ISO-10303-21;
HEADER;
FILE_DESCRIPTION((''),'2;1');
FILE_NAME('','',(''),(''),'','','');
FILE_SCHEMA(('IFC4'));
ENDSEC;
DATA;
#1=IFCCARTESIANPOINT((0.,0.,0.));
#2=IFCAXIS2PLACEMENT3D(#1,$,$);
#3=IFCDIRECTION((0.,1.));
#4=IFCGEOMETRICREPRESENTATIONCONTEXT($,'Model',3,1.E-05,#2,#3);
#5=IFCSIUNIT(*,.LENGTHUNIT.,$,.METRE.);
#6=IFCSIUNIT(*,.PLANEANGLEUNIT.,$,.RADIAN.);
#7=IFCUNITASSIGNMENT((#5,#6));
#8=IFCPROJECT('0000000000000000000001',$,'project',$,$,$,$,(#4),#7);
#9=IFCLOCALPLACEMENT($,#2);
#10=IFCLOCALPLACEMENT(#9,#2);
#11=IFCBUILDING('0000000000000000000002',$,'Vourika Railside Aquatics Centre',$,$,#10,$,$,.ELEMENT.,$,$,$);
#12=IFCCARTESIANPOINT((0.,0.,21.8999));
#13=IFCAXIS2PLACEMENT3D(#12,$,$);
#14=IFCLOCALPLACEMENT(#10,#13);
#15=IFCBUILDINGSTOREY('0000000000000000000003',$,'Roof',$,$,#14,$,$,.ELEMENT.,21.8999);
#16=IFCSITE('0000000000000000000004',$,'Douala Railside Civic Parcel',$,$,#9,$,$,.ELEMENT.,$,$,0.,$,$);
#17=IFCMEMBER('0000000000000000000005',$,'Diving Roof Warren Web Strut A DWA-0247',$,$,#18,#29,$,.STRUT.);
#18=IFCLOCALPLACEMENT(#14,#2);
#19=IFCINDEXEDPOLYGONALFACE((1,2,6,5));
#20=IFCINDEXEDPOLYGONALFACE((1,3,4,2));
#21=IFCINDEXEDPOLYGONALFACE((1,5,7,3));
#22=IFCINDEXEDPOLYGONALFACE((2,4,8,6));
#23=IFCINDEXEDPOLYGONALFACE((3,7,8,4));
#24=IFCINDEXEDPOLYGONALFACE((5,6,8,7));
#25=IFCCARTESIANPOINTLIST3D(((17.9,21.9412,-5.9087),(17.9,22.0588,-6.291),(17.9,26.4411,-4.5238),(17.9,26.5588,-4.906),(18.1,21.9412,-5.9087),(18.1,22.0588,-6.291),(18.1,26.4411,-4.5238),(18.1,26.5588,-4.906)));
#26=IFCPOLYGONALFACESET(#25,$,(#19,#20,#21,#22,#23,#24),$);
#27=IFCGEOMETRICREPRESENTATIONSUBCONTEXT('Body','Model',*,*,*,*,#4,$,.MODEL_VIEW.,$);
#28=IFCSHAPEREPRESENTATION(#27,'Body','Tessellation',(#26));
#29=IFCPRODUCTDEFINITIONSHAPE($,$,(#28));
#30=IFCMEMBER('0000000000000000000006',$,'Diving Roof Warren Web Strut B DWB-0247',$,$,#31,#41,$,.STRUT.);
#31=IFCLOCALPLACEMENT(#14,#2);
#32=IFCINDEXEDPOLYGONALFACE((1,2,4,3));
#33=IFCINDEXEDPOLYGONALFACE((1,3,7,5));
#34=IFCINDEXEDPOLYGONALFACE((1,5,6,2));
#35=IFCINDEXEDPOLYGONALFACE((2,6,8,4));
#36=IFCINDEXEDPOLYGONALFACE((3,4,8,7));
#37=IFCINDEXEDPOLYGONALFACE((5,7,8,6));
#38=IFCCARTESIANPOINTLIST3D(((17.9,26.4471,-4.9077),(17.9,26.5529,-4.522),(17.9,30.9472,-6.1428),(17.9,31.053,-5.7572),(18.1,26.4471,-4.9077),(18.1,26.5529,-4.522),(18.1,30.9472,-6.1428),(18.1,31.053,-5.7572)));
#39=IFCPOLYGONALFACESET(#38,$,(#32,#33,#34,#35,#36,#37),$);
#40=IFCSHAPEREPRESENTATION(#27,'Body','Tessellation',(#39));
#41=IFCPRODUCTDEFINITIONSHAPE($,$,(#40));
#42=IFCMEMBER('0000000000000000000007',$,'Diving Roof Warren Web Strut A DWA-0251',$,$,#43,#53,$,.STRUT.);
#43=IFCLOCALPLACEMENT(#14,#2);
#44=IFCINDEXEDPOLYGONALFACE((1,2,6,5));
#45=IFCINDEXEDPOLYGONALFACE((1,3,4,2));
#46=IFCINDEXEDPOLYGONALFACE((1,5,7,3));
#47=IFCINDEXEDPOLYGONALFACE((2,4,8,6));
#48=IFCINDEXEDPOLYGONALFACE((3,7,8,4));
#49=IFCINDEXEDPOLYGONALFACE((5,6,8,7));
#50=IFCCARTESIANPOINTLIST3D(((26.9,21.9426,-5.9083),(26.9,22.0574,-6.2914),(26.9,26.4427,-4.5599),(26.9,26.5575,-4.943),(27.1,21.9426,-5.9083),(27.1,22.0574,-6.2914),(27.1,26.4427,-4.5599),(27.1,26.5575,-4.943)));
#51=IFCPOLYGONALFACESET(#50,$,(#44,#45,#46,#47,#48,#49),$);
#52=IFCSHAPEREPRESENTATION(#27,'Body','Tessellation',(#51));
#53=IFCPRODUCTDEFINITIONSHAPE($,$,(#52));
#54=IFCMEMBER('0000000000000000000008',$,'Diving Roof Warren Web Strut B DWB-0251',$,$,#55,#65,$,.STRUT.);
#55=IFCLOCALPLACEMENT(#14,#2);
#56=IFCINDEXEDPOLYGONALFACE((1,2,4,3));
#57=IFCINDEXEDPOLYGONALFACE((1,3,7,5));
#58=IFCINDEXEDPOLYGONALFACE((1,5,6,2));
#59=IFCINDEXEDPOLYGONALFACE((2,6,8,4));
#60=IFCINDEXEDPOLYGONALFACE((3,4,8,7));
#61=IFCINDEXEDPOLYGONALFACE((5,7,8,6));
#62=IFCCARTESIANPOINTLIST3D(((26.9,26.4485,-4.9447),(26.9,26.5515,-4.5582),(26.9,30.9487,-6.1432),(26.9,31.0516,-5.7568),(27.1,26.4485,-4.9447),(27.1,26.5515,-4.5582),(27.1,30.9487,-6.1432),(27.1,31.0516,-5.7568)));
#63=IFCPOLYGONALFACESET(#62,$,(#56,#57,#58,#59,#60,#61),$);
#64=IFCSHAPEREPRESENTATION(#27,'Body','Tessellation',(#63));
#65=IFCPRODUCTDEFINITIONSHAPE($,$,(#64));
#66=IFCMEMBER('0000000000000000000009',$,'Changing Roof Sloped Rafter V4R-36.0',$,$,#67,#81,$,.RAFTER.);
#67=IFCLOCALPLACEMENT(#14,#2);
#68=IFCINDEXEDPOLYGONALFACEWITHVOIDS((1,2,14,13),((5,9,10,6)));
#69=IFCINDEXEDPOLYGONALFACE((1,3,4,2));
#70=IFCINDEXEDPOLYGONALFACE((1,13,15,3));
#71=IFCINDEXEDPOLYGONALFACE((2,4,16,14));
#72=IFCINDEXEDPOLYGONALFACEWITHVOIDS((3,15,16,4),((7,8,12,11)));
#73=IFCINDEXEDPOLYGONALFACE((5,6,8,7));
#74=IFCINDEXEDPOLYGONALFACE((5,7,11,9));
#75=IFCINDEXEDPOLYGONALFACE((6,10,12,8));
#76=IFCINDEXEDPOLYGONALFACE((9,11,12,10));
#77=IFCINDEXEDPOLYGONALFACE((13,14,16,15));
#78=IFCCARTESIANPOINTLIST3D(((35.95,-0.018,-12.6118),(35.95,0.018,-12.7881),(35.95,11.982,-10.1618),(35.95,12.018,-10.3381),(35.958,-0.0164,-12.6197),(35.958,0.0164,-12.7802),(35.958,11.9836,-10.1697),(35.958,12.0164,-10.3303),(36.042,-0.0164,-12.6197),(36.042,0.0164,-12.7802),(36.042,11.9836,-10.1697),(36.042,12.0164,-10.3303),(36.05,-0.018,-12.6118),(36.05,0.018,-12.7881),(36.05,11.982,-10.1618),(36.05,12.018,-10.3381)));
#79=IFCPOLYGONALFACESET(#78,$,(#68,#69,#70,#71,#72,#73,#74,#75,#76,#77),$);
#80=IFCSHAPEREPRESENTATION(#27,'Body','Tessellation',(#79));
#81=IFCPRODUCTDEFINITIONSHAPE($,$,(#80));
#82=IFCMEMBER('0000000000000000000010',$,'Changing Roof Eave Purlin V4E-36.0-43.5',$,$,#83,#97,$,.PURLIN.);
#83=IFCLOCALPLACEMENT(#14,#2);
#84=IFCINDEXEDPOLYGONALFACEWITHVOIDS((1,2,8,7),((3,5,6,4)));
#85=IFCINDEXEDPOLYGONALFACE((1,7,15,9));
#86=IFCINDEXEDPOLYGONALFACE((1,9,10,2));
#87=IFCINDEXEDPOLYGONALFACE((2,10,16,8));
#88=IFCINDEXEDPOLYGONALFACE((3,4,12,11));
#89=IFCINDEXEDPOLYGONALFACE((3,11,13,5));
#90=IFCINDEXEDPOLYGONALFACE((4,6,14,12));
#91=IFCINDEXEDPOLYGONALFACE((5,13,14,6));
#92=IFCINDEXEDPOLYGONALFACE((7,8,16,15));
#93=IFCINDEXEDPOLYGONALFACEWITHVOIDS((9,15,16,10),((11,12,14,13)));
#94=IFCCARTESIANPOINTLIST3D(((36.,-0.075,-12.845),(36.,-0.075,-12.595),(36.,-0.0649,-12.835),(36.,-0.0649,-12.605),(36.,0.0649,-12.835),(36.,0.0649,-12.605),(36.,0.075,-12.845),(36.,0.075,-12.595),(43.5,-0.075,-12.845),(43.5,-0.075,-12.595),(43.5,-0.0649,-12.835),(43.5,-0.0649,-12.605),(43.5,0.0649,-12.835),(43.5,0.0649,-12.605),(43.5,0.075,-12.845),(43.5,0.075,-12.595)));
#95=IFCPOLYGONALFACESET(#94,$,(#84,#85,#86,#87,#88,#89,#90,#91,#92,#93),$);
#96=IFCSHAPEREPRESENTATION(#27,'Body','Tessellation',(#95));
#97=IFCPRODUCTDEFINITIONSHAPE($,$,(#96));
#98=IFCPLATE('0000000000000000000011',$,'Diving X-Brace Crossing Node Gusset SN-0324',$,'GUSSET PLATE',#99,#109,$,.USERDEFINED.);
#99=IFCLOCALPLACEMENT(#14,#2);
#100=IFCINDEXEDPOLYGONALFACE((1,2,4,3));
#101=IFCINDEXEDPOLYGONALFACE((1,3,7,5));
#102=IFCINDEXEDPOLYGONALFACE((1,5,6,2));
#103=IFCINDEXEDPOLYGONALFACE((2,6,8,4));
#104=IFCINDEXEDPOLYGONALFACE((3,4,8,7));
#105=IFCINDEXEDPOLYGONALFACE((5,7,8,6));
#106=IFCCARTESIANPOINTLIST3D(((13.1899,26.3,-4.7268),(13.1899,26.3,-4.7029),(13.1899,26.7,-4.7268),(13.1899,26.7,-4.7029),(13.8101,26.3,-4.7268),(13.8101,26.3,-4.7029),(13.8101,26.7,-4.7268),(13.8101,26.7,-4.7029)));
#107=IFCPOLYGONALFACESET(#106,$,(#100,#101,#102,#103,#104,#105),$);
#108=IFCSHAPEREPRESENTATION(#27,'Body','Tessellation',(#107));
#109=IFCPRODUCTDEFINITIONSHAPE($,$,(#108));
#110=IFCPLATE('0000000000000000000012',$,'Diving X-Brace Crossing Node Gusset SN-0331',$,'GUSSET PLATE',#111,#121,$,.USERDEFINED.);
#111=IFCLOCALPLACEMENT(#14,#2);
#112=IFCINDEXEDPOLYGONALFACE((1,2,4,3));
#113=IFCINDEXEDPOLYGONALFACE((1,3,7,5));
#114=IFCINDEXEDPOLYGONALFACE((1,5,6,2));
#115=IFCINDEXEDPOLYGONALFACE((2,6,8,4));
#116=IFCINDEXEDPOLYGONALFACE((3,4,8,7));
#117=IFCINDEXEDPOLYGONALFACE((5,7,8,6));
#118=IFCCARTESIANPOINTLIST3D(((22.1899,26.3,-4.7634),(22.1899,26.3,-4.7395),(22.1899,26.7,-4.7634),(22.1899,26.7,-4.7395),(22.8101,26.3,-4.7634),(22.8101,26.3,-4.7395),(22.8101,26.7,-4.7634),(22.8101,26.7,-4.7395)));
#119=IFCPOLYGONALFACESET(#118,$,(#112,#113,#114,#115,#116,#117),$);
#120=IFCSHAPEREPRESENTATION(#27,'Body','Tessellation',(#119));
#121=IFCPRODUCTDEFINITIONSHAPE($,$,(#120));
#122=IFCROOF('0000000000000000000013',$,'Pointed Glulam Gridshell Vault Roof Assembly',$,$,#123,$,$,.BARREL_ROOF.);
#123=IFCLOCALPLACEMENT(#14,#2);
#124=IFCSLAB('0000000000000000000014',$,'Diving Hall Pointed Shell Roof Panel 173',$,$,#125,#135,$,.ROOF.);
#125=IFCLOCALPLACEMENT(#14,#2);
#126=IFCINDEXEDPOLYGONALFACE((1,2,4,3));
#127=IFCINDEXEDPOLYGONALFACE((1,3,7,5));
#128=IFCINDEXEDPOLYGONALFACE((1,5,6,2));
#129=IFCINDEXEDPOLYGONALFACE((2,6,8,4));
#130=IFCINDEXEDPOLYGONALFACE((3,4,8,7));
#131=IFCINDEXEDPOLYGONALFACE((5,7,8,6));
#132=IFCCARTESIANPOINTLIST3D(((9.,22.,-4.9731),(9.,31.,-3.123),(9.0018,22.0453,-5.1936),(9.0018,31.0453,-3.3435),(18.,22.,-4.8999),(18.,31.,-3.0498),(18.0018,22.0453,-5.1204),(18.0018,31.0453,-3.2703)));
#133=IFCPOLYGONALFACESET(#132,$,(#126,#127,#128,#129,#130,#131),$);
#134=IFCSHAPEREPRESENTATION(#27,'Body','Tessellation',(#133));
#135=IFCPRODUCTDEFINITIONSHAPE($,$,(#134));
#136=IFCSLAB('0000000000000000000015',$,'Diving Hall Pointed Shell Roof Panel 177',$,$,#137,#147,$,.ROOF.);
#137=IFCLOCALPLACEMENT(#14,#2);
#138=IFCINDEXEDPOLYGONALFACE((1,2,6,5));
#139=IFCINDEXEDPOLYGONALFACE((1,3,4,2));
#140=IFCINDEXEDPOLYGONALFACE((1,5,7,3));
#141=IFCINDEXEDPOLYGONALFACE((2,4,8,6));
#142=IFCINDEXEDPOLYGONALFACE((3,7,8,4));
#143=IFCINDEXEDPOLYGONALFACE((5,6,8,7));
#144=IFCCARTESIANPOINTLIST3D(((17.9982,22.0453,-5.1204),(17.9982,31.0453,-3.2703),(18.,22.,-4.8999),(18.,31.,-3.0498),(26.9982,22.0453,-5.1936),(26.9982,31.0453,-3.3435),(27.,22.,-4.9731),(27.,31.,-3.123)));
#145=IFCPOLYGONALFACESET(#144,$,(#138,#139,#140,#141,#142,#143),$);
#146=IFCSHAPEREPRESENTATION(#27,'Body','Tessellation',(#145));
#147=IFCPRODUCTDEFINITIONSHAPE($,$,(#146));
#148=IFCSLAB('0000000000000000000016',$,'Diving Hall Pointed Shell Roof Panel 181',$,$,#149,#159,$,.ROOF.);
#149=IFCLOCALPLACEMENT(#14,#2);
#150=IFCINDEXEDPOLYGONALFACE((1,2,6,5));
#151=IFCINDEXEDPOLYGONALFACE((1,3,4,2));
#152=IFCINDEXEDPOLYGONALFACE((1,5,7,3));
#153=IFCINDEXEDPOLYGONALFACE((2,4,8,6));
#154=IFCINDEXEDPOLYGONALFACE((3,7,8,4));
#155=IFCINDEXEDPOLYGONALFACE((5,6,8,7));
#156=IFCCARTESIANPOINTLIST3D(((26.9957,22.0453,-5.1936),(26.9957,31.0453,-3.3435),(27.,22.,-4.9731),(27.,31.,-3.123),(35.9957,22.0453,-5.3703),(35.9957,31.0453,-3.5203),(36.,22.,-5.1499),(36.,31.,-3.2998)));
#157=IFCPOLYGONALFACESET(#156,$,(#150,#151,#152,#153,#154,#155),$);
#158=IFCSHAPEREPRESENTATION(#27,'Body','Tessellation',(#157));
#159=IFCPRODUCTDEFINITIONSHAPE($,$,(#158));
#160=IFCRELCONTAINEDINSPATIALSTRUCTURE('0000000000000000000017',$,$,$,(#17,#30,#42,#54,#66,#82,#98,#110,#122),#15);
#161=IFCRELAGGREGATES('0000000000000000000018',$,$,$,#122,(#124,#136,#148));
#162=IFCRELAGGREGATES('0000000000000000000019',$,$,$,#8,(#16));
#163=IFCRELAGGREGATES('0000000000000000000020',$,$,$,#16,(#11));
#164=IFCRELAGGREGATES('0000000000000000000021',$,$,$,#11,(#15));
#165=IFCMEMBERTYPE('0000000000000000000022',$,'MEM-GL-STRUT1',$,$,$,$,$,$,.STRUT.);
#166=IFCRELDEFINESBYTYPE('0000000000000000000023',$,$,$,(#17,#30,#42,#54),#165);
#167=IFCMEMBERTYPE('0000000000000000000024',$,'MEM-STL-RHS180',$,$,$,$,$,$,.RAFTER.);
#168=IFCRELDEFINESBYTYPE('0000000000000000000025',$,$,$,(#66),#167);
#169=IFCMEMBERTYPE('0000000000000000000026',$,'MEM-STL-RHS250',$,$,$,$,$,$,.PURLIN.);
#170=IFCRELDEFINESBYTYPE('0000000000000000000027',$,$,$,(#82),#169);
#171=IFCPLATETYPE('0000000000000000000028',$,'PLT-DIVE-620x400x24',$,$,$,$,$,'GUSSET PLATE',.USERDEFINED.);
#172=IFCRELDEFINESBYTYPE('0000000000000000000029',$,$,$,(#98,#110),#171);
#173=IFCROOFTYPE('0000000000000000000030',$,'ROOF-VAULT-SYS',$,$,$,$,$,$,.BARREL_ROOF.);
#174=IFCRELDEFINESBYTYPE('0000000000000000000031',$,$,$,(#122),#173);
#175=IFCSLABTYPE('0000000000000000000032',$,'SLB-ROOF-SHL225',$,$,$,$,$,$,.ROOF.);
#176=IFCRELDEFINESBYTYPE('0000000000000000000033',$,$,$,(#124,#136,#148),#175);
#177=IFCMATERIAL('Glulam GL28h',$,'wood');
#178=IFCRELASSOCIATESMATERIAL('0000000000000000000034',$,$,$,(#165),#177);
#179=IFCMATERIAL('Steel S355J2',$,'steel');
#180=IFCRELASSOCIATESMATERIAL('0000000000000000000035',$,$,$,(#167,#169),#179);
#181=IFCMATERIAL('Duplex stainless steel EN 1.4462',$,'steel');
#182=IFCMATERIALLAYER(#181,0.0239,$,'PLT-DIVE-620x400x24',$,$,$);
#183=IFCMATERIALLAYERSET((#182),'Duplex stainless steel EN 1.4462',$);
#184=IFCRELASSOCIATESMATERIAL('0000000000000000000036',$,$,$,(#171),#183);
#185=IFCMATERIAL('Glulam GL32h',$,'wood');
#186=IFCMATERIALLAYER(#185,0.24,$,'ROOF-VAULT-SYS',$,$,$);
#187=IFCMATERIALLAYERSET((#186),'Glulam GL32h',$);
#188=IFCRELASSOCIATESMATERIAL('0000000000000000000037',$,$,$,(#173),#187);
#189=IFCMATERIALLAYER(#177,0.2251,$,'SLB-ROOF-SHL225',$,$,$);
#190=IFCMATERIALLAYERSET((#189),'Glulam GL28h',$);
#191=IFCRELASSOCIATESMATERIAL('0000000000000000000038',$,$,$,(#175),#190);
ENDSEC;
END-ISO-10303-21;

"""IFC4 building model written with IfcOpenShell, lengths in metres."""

from ifc_helpers import new_model, si_unit, direction, frame, origin, origin_2d, place, context, subcontext, project, spatial, polyline, rectangle, hollow_rectangle, outline, extrude, material, layer, layer_set, material_profile, profile_set, type_object, element, aggregate, save


model = new_model("IFC4")

# Units and contexts
model_context = context("Model", 3, precision=1e-05, world=origin(), true_north=direction((0.0, 1.0)))
body_context = subcontext(model_context, "Body", "Model", "MODEL_VIEW")
ifc_project = project(units=[si_unit("LENGTHUNIT", "METRE"), si_unit("PLANEANGLEUNIT", "RADIAN")], contexts=[model_context])

# Site, building, storey
site_placement = place(None, origin())
site = spatial("IfcSite", under=ifc_project, at=site_placement, Name="Douala Railside Civic Parcel", CompositionType="ELEMENT", RefElevation=0.0)
building_placement = place(site_placement, origin())
building = spatial("IfcBuilding", under=site, at=building_placement, Name="Vourika Railside Aquatics Centre", CompositionType="ELEMENT")
storey_placement = place(building_placement, frame((0.0, 0.0, 21.8999)))
storey = spatial("IfcBuildingStorey", under=building, at=storey_placement, Name="Roof", CompositionType="ELEMENT", Elevation=21.8999)

# Shared definitions
ifc_material_1 = material(Name="Glulam GL32h", Category="wood")

# Members
ifc_material_2 = material(Name="Glulam GL28h", Category="wood")
ifc_material_profile_1 = material_profile(ifc_material_2, rectangle(XDim=0.2, YDim=0.3999, at=origin_2d()), Name="GL28h 200x400")
ifc_profile_set_1 = profile_set([ifc_material_profile_1], Name="Glulam GL28h")
member_type_1 = type_object("IfcMemberType", Name="MEM-GL-STRUT1", PredefinedType="STRUT", material=ifc_profile_set_1)
member_1_placement = place(storey_placement, frame((18.0, 22.0, -6.0999), z_axis=(0.0, 0.955755, 0.294162), x_axis=(-1.0, 0.0, 0.0)))
element("IfcMember", 1, at=member_1_placement, inside=storey, type_object=member_type_1, Name="Diving Roof Warren Web Strut A DWA-0247", PredefinedType="STRUT", context=body_context, shape_type="SweptSolid", body=[
    extrude(rectangle(XDim=0.2, YDim=0.3999, at=origin_2d()), origin(), (0.0, 0.0, 1.0), 4.7083),
])
member_2_placement = place(storey_placement, frame((18.0, 26.5, -4.7148), z_axis=(0.0, 0.964336, -0.26468), x_axis=(-1.0, 0.0, 0.0)))
element("IfcMember", 2, at=member_2_placement, inside=storey, type_object=member_type_1, Name="Diving Roof Warren Web Strut B DWB-0247", PredefinedType="STRUT", context=body_context, shape_type="SweptSolid", body=[
    extrude(rectangle(XDim=0.2, YDim=0.3999, at=origin_2d()), origin(), (0.0, 0.0, 1.0), 4.6665),
])
member_3_placement = place(storey_placement, frame((27.0, 22.0, -6.0999), z_axis=(0.0, 0.957921, 0.287033), x_axis=(-1.0, 0.0, 0.0)))
element("IfcMember", 3, at=member_3_placement, inside=storey, type_object=member_type_1, Name="Diving Roof Warren Web Strut A DWA-0251", PredefinedType="STRUT", context=body_context, shape_type="SweptSolid", body=[
    extrude(rectangle(XDim=0.2, YDim=0.3999, at=origin_2d()), origin(), (0.0, 0.0, 1.0), 4.6978),
])
member_4_placement = place(storey_placement, frame((27.0, 26.5, -4.7515), z_axis=(0.0, 0.966316, -0.257359), x_axis=(-1.0, 0.0, 0.0)))
element("IfcMember", 4, at=member_4_placement, inside=storey, type_object=member_type_1, Name="Diving Roof Warren Web Strut B DWB-0251", PredefinedType="STRUT", context=body_context, shape_type="SweptSolid", body=[
    extrude(rectangle(XDim=0.2, YDim=0.3999, at=origin_2d()), origin(), (0.0, 0.0, 1.0), 4.657),
])
ifc_material_3 = material(Name="Steel S355J2", Category="steel")
ifc_material_profile_2 = material_profile(ifc_material_3, hollow_rectangle(XDim=0.1001, YDim=0.1799, WallThickness=0.0081, at=origin_2d()), Name="RHS 180x100x8")
ifc_profile_set_2 = profile_set([ifc_material_profile_2], Name="Steel S355J2")
member_type_2 = type_object("IfcMemberType", Name="MEM-STL-RHS180", PredefinedType="RAFTER", material=ifc_profile_set_2)
member_5_placement = place(storey_placement, frame((36.0, 0.0, -12.7), z_axis=(0.0, 0.979789, 0.200036), x_axis=(-1.0, 0.0, 0.0)))
element("IfcMember", 5, at=member_5_placement, inside=storey, type_object=member_type_2, Name="Changing Roof Sloped Rafter V4R-36.0", PredefinedType="RAFTER", context=body_context, shape_type="SweptSolid", body=[
    extrude(hollow_rectangle(XDim=0.1001, YDim=0.1799, WallThickness=0.0081, at=origin_2d()), origin(), (0.0, 0.0, 1.0), 12.2476),
])
ifc_material_profile_3 = material_profile(ifc_material_3, hollow_rectangle(XDim=0.1499, YDim=0.25, WallThickness=0.01, at=origin_2d()), Name="RHS 250x150x10")
ifc_profile_set_3 = profile_set([ifc_material_profile_3], Name="Steel S355J2")
member_type_3 = type_object("IfcMemberType", Name="MEM-STL-RHS250", PredefinedType="PURLIN", material=ifc_profile_set_3)
member_6_placement = place(storey_placement, frame((36.0, 0.0, -12.72), z_axis=(1.0, 0.0, 0.0), x_axis=(0.0, 1.0, 0.0)))
element("IfcMember", 6, at=member_6_placement, inside=storey, type_object=member_type_3, Name="Changing Roof Eave Purlin V4E-36.0-43.5", PredefinedType="PURLIN", context=body_context, shape_type="SweptSolid", body=[
    extrude(hollow_rectangle(XDim=0.1499, YDim=0.25, WallThickness=0.01, at=origin_2d()), origin(), (0.0, 0.0, 1.0), 7.5),
])

# Plates
ifc_material_4 = material(Name="Duplex stainless steel EN 1.4462", Category="steel")
ifc_layer_1 = layer(ifc_material_4, 0.0239, Name="PLT-DIVE-620x400x24")
ifc_layer_set_1 = layer_set([ifc_layer_1], Name="Duplex stainless steel EN 1.4462")
plate_type = type_object("IfcPlateType", Name="PLT-DIVE-620x400x24", ElementType="GUSSET PLATE", PredefinedType="USERDEFINED", material=ifc_layer_set_1)
for number, where, z_axis, x_axis, name in (
    (7, (13.5, 26.5, -4.7268), (0.0, 0.0, 1.0), (1.0, 0.0, 0.0), "Diving X-Brace Crossing Node Gusset SN-0324"),
    (8, (22.5, 26.5, -4.7634), (0.0, 0.0, 1.0), (1.0, 0.0, 0.0), "Diving X-Brace Crossing Node Gusset SN-0331"),
):
    element("IfcPlate", number, at=place(storey_placement, frame(where, z_axis=z_axis, x_axis=x_axis)), inside=storey, type_object=plate_type, Name=name, ObjectType="GUSSET PLATE", PredefinedType="USERDEFINED", context=body_context, shape_type="SweptSolid", body=[
        extrude(rectangle(XDim=0.6201, YDim=0.3999, at=origin_2d()), origin(), (0.0, 0.0, 1.0), 0.0239),
    ])

# Roof, slabs
ifc_layer_2 = layer(ifc_material_1, 0.24, Name="ROOF-VAULT-SYS")
ifc_layer_set_2 = layer_set([ifc_layer_2], Name="Glulam GL32h")
roof_type = type_object("IfcRoofType", Name="ROOF-VAULT-SYS", PredefinedType="BARREL_ROOF", material=ifc_layer_set_2)
roof_placement = place(storey_placement, origin())
roof = element("IfcRoof", 9, at=roof_placement, inside=storey, type_object=roof_type, Name="Pointed Glulam Gridshell Vault Roof Assembly", PredefinedType="BARREL_ROOF")
ifc_layer_3 = layer(ifc_material_2, 0.2251, Name="SLB-ROOF-SHL225")
ifc_layer_set_3 = layer_set([ifc_layer_3], Name="Glulam GL28h")
slab_type = type_object("IfcSlabType", Name="SLB-ROOF-SHL225", PredefinedType="ROOF", material=ifc_layer_set_3)
slab_1_placement = place(storey_placement, frame((9.0, 22.0, -4.9731), z_axis=(-0.007971, -0.20135, 0.979487), x_axis=(0.999967, 0.0, 0.008138)))
slab_1 = element("IfcSlab", 10, at=slab_1_placement, type_object=slab_type, Name="Diving Hall Pointed Shell Roof Panel 173", PredefinedType="ROOF", context=body_context, shape_type="SweptSolid", body=[
    extrude(outline(polyline([(0.0, 0.0), (9.0003, 0.0), (9.0154, 9.1882), (0.0151, 9.1882), (0.0, 0.0)])), origin(), (0.0, 0.0, -1.0), 0.2251),
])
slab_2_placement = place(storey_placement, frame((18.0, 22.0, -4.8999), z_axis=(0.007971, -0.20135, 0.979487), x_axis=(0.999967, 0.0, -0.008138)))
slab_2 = element("IfcSlab", 11, at=slab_2_placement, type_object=slab_type, Name="Diving Hall Pointed Shell Roof Panel 177", PredefinedType="ROOF", context=body_context, shape_type="SweptSolid", body=[
    extrude(outline(polyline([(0.0, 0.0), (9.0003, 0.0), (8.9852, 9.1882), (-0.0151, 9.1882), (0.0, 0.0)])), origin(), (0.0, 0.0, -1.0), 0.2251),
])
slab_3_placement = place(storey_placement, frame((27.0, 22.0, -4.9731), z_axis=(0.019234, -0.201319, 0.979337), x_axis=(0.999807, 0.0, -0.019636)))
slab_3 = element("IfcSlab", 12, at=slab_3_placement, type_object=slab_type, Name="Diving Hall Pointed Shell Roof Panel 181", PredefinedType="ROOF", context=body_context, shape_type="SweptSolid", body=[
    extrude(outline(polyline([(0.0, 0.0), (9.0017, 0.0), (8.9654, 9.1881), (-0.0363, 9.1881), (0.0, 0.0)])), origin(), (0.0, 0.0, -1.0), 0.2251),
])
aggregate(roof, [slab_1, slab_2, slab_3])

save(model, "model.ifc")
